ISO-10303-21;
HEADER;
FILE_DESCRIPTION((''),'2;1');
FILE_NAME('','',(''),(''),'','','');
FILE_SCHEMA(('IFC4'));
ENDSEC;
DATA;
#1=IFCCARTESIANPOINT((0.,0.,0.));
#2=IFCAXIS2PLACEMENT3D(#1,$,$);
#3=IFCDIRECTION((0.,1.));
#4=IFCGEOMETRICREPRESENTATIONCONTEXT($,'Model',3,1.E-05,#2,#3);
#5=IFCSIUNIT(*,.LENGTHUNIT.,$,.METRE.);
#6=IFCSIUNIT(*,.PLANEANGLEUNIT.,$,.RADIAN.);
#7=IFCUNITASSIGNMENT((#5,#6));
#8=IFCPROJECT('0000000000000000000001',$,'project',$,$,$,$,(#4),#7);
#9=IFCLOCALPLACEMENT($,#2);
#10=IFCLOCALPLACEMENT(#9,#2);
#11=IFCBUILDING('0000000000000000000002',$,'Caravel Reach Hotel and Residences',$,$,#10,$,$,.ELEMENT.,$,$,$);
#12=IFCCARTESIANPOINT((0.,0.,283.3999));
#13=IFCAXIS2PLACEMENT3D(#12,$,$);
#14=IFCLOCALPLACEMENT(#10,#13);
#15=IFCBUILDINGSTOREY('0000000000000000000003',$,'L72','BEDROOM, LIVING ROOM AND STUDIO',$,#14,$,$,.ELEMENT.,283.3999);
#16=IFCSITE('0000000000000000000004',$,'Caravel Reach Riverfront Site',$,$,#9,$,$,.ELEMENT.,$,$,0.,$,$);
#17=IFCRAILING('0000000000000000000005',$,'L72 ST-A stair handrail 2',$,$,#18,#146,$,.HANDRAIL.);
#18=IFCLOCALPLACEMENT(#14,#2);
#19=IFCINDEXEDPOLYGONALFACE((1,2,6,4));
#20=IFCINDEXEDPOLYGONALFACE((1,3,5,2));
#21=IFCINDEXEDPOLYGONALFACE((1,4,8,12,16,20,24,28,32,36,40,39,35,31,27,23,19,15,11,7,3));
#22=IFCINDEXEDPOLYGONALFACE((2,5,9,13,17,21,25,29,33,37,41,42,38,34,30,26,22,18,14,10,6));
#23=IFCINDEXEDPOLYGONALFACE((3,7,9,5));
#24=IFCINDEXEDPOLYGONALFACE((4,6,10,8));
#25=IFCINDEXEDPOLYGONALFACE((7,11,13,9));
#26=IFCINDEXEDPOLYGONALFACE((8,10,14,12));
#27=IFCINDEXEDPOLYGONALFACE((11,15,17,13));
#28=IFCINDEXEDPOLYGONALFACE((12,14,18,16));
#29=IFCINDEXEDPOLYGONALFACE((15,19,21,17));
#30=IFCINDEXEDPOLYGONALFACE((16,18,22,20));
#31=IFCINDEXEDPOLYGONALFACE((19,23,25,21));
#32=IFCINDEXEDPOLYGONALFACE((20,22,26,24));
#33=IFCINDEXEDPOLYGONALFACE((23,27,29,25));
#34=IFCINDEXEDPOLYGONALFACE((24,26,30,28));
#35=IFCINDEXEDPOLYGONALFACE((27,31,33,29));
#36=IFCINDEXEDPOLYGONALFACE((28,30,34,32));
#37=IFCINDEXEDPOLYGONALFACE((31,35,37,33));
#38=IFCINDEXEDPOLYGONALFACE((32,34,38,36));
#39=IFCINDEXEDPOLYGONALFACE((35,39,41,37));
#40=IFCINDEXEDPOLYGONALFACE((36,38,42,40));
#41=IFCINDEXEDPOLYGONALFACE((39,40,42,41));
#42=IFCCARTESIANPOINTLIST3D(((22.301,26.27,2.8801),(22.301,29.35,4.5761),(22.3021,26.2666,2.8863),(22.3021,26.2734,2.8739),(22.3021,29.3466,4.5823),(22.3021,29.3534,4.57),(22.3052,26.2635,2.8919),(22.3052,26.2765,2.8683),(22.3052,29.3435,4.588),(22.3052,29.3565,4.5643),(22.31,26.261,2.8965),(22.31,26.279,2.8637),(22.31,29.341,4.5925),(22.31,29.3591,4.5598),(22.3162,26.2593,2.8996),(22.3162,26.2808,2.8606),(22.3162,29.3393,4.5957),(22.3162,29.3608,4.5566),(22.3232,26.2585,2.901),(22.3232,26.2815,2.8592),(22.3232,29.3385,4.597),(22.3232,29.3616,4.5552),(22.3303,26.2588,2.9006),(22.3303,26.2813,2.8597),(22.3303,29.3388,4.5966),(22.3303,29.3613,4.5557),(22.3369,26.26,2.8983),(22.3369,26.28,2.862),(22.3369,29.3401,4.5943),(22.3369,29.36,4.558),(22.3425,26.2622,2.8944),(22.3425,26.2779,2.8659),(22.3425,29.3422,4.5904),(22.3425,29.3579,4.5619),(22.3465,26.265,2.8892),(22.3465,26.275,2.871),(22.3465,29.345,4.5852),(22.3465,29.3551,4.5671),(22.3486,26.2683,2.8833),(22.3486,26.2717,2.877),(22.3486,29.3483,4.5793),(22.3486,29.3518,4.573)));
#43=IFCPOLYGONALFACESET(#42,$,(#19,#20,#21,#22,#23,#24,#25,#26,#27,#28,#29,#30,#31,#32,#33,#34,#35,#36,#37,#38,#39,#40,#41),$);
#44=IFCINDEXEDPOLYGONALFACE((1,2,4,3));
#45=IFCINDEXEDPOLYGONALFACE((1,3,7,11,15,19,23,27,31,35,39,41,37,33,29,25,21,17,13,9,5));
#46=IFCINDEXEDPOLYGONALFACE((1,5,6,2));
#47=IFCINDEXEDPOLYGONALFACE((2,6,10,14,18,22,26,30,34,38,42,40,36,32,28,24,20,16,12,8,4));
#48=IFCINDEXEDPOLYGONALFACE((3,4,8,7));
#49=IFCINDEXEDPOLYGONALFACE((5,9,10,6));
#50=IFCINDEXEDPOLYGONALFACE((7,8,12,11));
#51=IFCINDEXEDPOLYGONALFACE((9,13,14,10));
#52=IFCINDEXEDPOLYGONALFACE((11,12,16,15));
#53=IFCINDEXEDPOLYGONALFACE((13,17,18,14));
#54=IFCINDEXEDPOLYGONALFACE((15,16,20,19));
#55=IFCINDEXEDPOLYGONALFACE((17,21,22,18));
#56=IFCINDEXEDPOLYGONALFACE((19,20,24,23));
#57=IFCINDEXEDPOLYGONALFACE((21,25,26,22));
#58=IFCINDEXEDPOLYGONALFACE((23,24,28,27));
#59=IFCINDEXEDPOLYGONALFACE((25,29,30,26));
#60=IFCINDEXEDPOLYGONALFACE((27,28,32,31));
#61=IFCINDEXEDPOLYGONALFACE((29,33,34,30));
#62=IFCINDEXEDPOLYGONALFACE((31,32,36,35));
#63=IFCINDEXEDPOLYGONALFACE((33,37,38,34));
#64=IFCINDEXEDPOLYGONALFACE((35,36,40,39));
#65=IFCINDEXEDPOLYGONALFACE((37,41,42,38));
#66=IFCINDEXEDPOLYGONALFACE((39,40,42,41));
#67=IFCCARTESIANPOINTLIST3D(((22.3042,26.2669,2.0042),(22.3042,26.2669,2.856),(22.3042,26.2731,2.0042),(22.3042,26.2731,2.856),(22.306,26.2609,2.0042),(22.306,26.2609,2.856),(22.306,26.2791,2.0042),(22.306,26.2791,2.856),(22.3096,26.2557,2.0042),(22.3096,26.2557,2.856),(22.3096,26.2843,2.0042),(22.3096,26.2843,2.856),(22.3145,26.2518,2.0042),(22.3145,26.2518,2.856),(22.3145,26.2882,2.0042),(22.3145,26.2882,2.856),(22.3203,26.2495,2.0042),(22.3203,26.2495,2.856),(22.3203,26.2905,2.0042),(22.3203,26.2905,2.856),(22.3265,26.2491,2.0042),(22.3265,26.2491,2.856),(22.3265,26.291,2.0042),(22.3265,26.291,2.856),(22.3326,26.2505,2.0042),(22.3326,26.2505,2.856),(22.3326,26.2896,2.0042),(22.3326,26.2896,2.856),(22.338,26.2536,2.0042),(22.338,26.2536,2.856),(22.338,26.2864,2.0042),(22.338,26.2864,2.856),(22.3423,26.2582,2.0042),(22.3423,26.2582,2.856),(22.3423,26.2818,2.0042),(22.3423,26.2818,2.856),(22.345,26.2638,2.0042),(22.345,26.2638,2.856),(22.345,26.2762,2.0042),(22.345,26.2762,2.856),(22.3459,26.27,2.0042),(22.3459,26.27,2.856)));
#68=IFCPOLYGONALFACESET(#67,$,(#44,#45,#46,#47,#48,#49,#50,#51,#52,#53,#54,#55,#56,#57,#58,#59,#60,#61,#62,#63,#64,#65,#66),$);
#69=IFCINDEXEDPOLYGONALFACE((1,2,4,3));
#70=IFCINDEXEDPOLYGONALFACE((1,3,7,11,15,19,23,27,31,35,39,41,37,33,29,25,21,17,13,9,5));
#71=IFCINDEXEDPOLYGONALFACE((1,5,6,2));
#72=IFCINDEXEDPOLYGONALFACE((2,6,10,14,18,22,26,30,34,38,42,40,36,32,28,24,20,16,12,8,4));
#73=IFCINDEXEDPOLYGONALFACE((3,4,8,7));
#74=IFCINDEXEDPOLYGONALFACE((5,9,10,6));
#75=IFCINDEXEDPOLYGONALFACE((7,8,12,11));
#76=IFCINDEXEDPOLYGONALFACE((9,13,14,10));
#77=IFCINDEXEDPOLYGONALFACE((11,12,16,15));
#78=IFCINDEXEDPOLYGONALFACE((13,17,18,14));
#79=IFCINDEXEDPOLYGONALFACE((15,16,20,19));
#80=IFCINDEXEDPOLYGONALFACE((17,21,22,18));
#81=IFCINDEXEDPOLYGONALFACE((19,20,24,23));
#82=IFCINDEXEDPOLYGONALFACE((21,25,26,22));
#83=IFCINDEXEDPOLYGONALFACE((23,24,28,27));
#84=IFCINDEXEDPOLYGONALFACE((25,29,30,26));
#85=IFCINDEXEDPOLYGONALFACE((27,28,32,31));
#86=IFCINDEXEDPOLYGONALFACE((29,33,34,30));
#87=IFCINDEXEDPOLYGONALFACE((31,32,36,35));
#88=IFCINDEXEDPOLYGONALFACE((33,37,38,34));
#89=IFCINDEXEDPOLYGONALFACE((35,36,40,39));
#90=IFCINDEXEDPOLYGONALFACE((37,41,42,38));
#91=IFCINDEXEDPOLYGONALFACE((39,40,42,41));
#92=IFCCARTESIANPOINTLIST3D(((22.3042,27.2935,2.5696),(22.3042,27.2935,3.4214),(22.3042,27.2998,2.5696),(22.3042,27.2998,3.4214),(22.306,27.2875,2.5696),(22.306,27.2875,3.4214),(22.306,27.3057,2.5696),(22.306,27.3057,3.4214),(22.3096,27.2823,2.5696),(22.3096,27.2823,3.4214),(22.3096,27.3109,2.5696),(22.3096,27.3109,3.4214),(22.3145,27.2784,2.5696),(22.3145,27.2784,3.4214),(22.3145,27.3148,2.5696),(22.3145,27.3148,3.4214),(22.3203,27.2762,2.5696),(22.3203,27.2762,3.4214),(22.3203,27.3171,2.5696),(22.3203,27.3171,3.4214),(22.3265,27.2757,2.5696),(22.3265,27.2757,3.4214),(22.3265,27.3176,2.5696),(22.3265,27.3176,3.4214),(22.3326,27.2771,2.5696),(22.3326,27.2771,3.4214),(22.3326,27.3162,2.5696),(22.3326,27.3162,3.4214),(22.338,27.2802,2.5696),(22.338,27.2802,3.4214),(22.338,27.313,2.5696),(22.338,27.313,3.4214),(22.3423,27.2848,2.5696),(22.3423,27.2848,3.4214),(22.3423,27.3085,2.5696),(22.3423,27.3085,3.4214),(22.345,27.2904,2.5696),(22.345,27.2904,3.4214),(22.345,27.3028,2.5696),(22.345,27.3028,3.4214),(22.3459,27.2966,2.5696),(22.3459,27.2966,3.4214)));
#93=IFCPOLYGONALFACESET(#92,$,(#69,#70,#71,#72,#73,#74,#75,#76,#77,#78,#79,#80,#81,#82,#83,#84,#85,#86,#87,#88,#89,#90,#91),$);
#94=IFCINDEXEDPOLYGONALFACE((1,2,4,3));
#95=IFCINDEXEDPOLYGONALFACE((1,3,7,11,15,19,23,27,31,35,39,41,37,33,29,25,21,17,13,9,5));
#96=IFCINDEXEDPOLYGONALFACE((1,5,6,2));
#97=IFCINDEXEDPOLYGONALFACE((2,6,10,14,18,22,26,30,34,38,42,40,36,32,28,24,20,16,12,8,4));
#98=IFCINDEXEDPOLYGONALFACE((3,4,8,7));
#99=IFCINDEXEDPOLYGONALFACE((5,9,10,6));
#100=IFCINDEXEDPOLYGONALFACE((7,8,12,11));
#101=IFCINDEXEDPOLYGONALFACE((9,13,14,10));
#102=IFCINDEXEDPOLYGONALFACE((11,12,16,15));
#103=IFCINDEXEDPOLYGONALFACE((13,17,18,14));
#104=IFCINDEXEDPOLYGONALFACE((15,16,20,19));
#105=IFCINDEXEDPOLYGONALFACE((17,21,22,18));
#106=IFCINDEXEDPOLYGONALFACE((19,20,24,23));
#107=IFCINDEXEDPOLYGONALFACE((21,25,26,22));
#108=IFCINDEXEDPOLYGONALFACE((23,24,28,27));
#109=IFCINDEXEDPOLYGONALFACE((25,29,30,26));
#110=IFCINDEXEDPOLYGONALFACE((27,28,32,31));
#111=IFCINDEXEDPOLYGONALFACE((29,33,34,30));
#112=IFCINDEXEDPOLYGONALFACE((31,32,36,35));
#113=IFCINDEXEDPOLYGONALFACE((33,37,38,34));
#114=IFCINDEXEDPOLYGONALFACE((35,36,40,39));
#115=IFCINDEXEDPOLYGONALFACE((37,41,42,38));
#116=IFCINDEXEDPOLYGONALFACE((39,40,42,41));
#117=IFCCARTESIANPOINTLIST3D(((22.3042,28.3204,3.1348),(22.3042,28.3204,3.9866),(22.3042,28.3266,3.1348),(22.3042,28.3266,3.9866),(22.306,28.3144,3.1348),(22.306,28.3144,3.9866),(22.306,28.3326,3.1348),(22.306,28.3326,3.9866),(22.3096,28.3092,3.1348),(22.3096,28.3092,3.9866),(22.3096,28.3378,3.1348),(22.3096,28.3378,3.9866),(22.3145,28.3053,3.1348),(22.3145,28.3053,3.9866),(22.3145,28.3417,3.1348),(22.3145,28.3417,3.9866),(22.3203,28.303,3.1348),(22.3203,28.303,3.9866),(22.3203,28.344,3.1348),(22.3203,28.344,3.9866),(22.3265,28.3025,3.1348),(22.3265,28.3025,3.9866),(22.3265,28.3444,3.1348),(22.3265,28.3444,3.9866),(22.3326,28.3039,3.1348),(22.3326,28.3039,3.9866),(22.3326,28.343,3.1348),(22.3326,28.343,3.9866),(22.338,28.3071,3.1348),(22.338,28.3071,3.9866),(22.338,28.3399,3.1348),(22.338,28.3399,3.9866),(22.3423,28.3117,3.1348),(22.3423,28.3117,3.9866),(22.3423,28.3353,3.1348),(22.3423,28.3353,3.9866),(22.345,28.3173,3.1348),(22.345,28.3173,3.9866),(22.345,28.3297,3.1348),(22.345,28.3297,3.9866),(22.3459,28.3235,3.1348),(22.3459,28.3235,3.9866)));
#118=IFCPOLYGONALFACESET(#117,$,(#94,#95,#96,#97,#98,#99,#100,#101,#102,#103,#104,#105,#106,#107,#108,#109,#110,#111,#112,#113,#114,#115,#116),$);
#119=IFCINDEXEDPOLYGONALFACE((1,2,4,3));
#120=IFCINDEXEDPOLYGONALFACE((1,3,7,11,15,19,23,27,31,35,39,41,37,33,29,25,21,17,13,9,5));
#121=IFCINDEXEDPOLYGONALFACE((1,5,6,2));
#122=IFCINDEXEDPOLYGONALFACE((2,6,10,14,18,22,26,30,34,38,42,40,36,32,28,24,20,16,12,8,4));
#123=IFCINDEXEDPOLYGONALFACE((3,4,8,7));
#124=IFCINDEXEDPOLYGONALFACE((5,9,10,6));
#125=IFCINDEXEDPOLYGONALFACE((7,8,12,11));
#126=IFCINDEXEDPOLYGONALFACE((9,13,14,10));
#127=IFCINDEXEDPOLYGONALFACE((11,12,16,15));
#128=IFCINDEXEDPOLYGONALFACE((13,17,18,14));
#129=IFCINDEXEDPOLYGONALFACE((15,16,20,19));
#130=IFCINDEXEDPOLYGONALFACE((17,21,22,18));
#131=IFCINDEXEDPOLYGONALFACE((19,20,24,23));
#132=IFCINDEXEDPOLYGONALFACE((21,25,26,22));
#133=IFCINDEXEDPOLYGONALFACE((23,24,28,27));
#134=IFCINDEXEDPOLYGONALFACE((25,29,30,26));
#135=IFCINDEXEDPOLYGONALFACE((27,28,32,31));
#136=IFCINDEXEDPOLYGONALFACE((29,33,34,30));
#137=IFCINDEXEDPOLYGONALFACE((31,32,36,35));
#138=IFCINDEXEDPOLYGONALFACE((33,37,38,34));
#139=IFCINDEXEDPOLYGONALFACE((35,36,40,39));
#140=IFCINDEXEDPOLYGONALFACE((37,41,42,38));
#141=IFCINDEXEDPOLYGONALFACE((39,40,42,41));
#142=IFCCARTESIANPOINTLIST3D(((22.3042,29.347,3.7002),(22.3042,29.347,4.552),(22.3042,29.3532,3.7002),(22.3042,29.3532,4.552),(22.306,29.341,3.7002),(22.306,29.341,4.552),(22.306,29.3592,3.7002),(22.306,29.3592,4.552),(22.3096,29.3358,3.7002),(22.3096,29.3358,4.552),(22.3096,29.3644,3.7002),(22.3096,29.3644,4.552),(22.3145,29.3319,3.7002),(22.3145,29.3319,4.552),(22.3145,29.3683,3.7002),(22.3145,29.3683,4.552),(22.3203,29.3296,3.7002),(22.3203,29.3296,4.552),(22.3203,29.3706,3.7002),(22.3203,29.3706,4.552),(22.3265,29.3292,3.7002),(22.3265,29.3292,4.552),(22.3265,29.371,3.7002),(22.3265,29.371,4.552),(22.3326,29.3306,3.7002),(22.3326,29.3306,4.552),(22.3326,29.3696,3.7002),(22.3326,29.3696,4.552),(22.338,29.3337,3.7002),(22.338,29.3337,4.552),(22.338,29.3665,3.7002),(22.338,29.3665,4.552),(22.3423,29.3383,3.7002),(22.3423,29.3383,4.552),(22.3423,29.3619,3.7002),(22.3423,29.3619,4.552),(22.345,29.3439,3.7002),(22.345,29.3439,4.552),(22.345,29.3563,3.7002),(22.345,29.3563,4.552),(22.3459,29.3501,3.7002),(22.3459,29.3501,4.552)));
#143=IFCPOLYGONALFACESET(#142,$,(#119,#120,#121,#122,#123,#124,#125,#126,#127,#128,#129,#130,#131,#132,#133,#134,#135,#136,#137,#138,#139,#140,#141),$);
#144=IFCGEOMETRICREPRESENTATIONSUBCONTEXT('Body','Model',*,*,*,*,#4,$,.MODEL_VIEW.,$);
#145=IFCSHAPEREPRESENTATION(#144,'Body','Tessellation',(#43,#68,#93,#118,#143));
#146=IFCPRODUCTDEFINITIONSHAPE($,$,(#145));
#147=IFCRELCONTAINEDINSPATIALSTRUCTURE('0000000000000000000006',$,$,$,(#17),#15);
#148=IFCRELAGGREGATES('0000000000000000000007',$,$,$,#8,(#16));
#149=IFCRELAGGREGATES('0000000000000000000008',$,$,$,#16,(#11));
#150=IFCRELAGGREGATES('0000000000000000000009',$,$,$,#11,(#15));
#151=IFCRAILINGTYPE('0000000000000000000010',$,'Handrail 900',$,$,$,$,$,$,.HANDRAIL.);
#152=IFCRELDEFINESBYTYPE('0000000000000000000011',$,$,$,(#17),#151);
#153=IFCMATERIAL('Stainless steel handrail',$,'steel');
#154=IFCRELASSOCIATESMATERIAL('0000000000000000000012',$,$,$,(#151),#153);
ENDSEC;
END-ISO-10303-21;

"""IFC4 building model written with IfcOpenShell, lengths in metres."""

from ifc_helpers import new_model, si_unit, direction, frame, origin, origin_2d, place, context, subcontext, project, spatial, circle, extrude, material, type_object, element, save


model = new_model("IFC4")

# Units and contexts
model_context = context("Model", 3, precision=1e-05, world=origin(), true_north=direction((0.0, 1.0)))
body_context = subcontext(model_context, "Body", "Model", "MODEL_VIEW")
ifc_project = project(units=[si_unit("LENGTHUNIT", "METRE"), si_unit("PLANEANGLEUNIT", "RADIAN")], contexts=[model_context])

# Site, building, storey
site_placement = place(None, origin())
site = spatial("IfcSite", under=ifc_project, at=site_placement, Name="Caravel Reach Riverfront Site", CompositionType="ELEMENT", RefElevation=0.0)
building_placement = place(site_placement, origin())
building = spatial("IfcBuilding", under=site, at=building_placement, Name="Caravel Reach Hotel and Residences", CompositionType="ELEMENT")
storey_placement = place(building_placement, frame((0.0, 0.0, 283.3999)))
storey = spatial("IfcBuildingStorey", under=building, at=storey_placement, Name="L72", Description="BEDROOM, LIVING ROOM AND STUDIO", CompositionType="ELEMENT", Elevation=283.3999)

# Railing
ifc_material_1 = material(Name="Stainless steel handrail", Category="steel")
railing_type_1 = type_object("IfcRailingType", Name="Handrail 900", PredefinedType="HANDRAIL", material=ifc_material_1)
railing_1_placement = place(storey_placement, frame((22.325, 26.27, 2.0042)))
element("IfcRailing", 1, at=railing_1_placement, inside=storey, type_object=railing_type_1, Name="L72 ST-A stair handrail 2", PredefinedType="HANDRAIL", context=body_context, shape_type="SweptSolid", body=[
    extrude(circle(Radius=0.0239, at=origin_2d()), frame((0.0, 0.0, 0.876), z_axis=(0.0, 0.875975, 0.482356), x_axis=(-1.0, 0.0, 0.0)), (0.0, 0.0, 1.0), 3.5161),
    extrude(circle(Radius=0.021, at=origin_2d()), origin(), (0.0, 0.0, 1.0), 0.8518),
    extrude(circle(Radius=0.021, at=origin_2d()), frame((0.0, 1.0266, 0.5654)), (0.0, 0.0, 1.0), 0.8518),
    extrude(circle(Radius=0.021, at=origin_2d()), frame((0.0, 2.0535, 1.1306)), (0.0, 0.0, 1.0), 0.8518),
    extrude(circle(Radius=0.021, at=origin_2d()), frame((0.0, 3.0801, 1.696)), (0.0, 0.0, 1.0), 0.8518),
])

save(model, "model.ifc")
